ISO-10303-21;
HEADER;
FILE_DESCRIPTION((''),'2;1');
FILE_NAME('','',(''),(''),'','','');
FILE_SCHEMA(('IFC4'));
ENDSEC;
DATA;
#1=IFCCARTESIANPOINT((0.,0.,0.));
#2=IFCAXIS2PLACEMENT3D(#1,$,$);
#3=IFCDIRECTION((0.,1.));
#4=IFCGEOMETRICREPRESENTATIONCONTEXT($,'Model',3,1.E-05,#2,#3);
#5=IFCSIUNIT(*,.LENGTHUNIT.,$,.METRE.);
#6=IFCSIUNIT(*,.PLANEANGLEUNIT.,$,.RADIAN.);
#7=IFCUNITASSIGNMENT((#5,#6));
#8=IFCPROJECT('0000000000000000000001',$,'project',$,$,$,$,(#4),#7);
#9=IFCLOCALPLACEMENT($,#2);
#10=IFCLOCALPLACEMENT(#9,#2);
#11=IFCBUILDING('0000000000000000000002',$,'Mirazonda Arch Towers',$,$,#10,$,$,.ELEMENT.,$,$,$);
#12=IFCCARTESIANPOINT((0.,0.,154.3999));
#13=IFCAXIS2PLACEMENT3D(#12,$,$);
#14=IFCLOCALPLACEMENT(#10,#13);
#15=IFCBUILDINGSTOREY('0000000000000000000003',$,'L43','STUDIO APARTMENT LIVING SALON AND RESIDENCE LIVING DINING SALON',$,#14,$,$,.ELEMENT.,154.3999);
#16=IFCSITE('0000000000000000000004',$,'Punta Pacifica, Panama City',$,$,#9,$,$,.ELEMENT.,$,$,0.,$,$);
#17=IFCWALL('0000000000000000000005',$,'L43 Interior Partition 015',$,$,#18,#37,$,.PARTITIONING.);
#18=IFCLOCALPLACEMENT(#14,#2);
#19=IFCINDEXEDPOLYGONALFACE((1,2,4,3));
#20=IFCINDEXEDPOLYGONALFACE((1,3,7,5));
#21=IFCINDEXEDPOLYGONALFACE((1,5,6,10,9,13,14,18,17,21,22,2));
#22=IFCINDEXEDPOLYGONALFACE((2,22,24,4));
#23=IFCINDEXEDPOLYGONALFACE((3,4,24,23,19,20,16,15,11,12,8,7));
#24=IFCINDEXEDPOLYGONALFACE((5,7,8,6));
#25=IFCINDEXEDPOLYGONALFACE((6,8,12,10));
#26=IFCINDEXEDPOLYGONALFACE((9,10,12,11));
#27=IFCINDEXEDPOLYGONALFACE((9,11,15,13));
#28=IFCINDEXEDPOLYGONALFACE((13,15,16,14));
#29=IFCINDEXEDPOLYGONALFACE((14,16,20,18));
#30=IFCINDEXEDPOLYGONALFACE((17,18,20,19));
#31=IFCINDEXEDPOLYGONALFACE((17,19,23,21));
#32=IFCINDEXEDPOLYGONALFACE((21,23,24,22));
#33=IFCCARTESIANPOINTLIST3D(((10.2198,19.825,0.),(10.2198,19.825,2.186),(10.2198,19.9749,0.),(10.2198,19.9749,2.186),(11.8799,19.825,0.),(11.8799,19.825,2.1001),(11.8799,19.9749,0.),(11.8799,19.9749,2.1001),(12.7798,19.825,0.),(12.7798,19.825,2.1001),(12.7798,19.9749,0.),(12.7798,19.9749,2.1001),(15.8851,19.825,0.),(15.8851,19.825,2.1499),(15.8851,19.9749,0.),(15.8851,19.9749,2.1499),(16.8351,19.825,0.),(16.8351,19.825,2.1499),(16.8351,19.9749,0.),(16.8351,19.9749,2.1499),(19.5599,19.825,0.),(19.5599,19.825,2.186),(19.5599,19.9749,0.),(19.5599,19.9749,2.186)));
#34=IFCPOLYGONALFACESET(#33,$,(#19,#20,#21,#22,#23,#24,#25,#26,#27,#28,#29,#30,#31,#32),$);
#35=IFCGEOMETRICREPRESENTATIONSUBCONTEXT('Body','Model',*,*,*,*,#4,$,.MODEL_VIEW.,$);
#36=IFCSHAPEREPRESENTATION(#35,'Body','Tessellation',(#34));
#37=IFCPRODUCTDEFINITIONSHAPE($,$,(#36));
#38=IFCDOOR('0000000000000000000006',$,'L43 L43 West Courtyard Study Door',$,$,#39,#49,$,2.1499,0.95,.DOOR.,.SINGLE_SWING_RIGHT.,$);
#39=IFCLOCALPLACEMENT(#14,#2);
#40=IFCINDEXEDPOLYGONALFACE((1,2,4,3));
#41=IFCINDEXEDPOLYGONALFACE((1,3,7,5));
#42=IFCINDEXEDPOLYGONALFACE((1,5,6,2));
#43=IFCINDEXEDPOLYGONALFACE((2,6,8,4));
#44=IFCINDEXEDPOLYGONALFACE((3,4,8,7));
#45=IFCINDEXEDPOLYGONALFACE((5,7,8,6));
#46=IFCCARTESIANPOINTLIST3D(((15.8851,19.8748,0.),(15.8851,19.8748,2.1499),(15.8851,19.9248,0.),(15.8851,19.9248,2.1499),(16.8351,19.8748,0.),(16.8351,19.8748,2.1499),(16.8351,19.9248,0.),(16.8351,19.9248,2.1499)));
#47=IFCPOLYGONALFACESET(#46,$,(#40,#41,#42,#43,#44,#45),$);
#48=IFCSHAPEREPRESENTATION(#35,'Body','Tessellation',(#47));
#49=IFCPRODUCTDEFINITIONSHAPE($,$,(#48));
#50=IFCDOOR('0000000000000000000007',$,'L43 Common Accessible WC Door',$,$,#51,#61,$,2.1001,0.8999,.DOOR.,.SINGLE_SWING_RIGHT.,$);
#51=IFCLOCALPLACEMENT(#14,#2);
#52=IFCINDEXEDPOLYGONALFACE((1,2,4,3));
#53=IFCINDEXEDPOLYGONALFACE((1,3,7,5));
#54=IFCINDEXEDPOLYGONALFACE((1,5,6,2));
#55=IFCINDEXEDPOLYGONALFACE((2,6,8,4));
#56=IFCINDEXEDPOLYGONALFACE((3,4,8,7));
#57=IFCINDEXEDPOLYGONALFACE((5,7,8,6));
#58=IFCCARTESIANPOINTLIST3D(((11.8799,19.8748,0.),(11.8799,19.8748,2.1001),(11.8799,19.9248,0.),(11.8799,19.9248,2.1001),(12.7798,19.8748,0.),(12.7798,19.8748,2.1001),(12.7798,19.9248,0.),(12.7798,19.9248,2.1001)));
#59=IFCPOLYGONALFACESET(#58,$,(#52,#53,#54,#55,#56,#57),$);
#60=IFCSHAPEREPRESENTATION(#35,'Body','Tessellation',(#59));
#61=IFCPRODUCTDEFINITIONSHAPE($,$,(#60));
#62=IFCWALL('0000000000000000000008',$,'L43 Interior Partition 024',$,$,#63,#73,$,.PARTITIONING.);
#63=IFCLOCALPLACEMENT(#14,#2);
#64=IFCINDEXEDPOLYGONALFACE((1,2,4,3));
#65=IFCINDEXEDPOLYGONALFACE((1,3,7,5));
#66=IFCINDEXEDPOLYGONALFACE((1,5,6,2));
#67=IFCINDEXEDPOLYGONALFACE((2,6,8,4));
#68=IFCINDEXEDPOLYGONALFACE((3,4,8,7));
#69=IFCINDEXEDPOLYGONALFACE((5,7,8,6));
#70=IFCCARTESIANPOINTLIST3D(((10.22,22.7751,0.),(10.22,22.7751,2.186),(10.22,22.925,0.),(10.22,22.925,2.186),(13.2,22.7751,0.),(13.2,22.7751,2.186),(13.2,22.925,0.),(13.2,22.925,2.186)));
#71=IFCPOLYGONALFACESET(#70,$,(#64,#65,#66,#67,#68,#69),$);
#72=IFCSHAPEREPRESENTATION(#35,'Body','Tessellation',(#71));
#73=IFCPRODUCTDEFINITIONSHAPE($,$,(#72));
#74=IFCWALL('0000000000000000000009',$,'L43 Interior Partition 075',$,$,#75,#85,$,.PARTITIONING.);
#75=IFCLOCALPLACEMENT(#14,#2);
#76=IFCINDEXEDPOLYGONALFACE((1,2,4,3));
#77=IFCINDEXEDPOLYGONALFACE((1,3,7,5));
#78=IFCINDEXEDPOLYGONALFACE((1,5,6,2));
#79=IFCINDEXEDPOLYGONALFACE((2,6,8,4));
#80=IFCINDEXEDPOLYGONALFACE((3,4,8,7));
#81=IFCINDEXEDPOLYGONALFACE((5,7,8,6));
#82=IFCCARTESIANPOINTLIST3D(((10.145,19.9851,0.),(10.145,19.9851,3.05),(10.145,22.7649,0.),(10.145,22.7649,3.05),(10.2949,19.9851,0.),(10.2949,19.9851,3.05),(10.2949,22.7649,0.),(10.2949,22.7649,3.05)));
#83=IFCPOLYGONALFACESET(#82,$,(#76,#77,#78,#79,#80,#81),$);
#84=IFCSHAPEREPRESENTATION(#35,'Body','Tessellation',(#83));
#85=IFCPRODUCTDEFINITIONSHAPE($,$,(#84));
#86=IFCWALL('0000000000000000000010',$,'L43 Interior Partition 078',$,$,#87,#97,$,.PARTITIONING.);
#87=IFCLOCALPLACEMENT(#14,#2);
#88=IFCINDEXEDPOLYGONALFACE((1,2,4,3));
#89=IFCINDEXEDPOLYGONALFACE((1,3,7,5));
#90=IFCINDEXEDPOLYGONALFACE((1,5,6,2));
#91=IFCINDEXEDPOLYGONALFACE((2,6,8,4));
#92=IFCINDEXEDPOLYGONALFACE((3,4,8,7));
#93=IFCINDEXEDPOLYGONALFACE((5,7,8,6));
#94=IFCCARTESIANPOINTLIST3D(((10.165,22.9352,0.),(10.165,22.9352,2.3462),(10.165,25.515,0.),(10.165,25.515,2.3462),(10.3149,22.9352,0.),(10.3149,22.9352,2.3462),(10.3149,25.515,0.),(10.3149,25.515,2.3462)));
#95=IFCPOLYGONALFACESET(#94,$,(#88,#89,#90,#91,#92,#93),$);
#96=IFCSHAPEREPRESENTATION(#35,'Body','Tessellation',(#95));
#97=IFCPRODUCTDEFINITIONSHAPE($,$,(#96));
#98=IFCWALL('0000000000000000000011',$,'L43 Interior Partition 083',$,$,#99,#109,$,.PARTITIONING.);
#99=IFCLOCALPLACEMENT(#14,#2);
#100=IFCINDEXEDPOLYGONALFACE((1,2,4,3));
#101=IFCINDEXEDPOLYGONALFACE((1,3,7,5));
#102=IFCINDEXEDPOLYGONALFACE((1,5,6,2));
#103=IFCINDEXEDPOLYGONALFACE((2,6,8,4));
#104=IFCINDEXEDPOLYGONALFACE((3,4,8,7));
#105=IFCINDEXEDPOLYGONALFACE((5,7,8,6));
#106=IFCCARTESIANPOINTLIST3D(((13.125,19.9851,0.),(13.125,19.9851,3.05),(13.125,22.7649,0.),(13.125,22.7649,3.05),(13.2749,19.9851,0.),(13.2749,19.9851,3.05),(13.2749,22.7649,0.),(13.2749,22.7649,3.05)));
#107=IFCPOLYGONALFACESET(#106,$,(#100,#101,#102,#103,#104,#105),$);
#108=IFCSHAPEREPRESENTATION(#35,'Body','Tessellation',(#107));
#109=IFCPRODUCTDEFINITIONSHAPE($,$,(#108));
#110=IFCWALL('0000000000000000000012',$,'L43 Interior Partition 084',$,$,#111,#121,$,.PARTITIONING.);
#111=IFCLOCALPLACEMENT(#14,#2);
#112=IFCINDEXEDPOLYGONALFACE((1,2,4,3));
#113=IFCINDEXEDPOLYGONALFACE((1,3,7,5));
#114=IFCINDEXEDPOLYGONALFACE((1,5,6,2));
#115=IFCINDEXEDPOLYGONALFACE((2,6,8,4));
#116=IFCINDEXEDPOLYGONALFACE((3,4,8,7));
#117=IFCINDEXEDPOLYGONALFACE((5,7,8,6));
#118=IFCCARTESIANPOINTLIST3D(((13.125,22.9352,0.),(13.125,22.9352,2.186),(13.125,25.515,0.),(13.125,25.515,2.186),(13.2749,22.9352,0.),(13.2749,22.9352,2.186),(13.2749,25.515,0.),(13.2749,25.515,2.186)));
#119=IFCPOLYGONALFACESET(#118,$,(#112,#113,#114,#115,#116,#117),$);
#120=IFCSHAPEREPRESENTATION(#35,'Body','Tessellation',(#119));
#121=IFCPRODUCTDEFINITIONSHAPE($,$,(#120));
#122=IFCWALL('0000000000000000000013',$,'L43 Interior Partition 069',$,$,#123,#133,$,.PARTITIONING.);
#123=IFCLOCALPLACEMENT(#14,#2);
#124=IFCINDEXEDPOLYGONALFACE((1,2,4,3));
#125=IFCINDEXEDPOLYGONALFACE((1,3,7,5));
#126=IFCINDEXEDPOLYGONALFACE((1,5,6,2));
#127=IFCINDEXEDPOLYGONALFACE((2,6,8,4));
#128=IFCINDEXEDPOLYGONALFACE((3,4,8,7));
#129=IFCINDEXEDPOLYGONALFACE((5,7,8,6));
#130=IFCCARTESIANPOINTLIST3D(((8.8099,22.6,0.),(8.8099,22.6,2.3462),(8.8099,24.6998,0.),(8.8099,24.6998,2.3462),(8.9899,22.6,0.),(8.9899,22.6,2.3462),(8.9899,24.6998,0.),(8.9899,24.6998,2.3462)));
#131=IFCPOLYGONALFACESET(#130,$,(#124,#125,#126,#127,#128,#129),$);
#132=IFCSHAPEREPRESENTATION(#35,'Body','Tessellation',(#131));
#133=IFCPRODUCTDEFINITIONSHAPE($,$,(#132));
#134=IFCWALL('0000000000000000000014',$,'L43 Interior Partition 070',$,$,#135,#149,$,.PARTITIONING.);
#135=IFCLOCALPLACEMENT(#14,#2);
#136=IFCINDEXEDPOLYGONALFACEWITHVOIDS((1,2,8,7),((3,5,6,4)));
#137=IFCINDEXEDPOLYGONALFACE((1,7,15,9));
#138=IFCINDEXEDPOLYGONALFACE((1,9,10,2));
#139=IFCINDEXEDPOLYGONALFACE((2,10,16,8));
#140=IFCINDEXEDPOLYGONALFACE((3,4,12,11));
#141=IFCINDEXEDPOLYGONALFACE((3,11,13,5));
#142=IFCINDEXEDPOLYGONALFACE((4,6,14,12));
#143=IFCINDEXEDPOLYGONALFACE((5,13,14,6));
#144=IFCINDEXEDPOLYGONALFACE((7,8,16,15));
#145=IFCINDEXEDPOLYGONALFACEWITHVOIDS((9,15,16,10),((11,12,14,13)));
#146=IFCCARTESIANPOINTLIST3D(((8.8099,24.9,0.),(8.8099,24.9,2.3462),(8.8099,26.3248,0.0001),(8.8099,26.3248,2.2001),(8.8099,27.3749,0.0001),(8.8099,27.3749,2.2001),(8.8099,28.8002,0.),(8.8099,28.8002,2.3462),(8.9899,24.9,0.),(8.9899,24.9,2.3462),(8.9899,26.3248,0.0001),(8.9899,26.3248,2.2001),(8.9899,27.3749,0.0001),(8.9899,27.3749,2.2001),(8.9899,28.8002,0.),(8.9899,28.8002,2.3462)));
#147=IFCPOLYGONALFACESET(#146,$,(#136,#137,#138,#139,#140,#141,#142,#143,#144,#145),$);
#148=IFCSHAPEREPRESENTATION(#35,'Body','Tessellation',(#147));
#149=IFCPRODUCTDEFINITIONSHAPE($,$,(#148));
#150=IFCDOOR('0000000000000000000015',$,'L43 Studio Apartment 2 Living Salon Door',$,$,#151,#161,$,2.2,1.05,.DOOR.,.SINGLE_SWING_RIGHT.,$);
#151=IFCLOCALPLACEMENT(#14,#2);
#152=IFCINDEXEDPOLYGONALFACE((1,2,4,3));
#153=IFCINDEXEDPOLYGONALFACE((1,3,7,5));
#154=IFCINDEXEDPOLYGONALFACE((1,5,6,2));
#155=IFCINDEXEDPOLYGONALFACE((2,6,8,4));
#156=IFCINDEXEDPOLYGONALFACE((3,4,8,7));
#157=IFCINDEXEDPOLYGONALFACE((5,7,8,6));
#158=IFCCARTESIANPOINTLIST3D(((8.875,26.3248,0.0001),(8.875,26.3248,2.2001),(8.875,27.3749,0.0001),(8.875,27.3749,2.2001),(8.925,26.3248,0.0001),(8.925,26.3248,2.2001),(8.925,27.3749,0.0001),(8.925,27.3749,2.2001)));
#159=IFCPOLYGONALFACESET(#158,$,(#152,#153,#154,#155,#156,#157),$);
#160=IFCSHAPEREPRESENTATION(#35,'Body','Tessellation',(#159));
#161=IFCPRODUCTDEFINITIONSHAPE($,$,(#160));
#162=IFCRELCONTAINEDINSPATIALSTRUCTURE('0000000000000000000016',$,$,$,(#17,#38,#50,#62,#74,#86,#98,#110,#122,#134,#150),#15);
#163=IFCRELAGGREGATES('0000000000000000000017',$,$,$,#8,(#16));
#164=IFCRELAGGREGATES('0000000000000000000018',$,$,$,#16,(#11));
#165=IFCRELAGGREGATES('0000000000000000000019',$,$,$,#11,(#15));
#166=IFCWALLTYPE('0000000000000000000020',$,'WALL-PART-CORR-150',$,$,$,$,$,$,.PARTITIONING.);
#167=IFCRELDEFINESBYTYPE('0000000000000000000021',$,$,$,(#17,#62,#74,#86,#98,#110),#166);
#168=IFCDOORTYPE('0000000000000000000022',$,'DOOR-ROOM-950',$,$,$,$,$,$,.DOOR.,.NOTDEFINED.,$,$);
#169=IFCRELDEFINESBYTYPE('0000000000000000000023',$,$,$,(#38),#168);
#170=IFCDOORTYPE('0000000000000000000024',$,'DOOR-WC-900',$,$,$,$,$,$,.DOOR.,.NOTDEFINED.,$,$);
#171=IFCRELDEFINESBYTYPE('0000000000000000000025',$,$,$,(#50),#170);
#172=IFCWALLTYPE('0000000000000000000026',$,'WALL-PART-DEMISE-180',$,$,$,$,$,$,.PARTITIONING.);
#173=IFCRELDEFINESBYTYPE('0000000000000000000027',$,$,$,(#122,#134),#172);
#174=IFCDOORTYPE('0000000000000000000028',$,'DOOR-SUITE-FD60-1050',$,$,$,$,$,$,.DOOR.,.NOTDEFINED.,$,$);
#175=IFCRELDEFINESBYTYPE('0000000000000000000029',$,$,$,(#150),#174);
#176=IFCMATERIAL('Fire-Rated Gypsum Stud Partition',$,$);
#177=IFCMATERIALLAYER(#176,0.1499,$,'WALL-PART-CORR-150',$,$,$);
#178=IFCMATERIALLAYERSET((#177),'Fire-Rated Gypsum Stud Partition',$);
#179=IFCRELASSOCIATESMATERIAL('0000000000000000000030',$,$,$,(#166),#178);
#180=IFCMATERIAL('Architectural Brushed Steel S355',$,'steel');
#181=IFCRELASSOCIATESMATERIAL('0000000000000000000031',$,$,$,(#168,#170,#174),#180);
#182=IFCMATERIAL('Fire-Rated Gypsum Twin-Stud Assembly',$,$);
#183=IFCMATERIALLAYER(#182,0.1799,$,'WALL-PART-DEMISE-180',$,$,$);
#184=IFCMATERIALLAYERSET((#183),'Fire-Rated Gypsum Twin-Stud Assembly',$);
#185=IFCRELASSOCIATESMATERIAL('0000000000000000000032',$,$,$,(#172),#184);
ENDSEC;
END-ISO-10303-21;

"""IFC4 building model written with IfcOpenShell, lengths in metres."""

from ifc_helpers import new_model, si_unit, direction, frame, frame_2d, origin, place, context, subcontext, project, spatial, rectangle, extrude, material, layer, layer_set, type_object, element, fill, save


model = new_model("IFC4")

# Units and contexts
model_context = context("Model", 3, precision=1e-05, world=origin(), true_north=direction((0.0, 1.0)))
body_context = subcontext(model_context, "Body", "Model", "MODEL_VIEW")
ifc_project = project(units=[si_unit("LENGTHUNIT", "METRE"), si_unit("PLANEANGLEUNIT", "RADIAN")], contexts=[model_context])

# Site, building, storey
site_placement = place(None, origin())
site = spatial("IfcSite", under=ifc_project, at=site_placement, Name="Punta Pacifica, Panama City", CompositionType="ELEMENT", RefElevation=0.0)
building_placement = place(site_placement, origin())
building = spatial("IfcBuilding", under=site, at=building_placement, Name="Mirazonda Arch Towers", CompositionType="ELEMENT")
storey_placement = place(building_placement, frame((0.0, 0.0, 154.3999)))
storey = spatial("IfcBuildingStorey", under=building, at=storey_placement, Name="L43", Description="STUDIO APARTMENT LIVING SALON AND RESIDENCE LIVING DINING SALON", CompositionType="ELEMENT", Elevation=154.3999)

# Shared definitions
ifc_material_1 = material(Name="Architectural Brushed Steel S355", Category="steel")

# Shared definitions
ifc_material_2 = material(Name="Fire-Rated Gypsum Stud Partition")
ifc_layer_1 = layer(ifc_material_2, 0.1499, Name="WALL-PART-CORR-150")
ifc_layer_set_1 = layer_set([ifc_layer_1], Name="Fire-Rated Gypsum Stud Partition")
wall_type_1 = type_object("IfcWallType", Name="WALL-PART-CORR-150", PredefinedType="PARTITIONING", material=ifc_layer_set_1)

# Wall, openings, doors
wall_1_placement = place(storey_placement, frame((10.22, 19.8999, 0.0), z_axis=(0.0, 0.0, 1.0), x_axis=(1.0, 0.0, 0.0)))
wall_1 = element("IfcWall", 1, at=wall_1_placement, inside=storey, type_object=wall_type_1, Name="L43 Interior Partition 015", PredefinedType="PARTITIONING", context=body_context, shape_type="SweptSolid", body=[
    extrude(rectangle(XDim=9.3401, YDim=0.1499, at=frame_2d((4.6699, 0.0))), origin(), (0.0, 0.0, 1.0), 2.186),
])
opening_1_placement = place(wall_1_placement, frame((1.6599, 0.0, 0.0)))
opening_1 = element("IfcOpeningElement", 2, at=opening_1_placement, cuts=wall_1, PredefinedType="OPENING", context=body_context, shape_type="SweptSolid", body=[
    extrude(rectangle(XDim=0.8999, YDim=2.1001, at=frame_2d((0.45, 1.05))), frame((0.0, 0.085, 0.0), z_axis=(0.0, -1.0, 0.0), x_axis=(1.0, 0.0, 0.0)), (0.0, 0.0, 1.0), 0.1699),
])
opening_2_placement = place(wall_1_placement, frame((5.665, 0.0, 0.0)))
opening_2 = element("IfcOpeningElement", 3, at=opening_2_placement, cuts=wall_1, PredefinedType="OPENING", context=body_context, shape_type="SweptSolid", body=[
    extrude(rectangle(XDim=0.95, YDim=2.1499, at=frame_2d((0.4751, 1.075))), frame((0.0, 0.085, 0.0), z_axis=(0.0, -1.0, 0.0), x_axis=(1.0, 0.0, 0.0)), (0.0, 0.0, 1.0), 0.1699),
])
door_type_1 = type_object("IfcDoorType", Name="DOOR-ROOM-950", OperationType="NOTDEFINED", PredefinedType="DOOR", material=ifc_material_1)
door_1_placement = place(opening_2_placement, origin())
door_1 = element("IfcDoor", 4, at=door_1_placement, inside=storey, type_object=door_type_1, Name="L43 L43 West Courtyard Study Door", OperationType="SINGLE_SWING_RIGHT", OverallHeight=2.1499, OverallWidth=0.95, PredefinedType="DOOR", context=body_context, shape_type="SweptSolid", body=[
    extrude(rectangle(XDim=0.95, YDim=2.1499, at=frame_2d((0.4751, 1.075))), frame((0.0, 0.0249, 0.0), z_axis=(0.0, -1.0, 0.0), x_axis=(1.0, 0.0, 0.0)), (0.0, 0.0, 1.0), 0.05),
])
fill(opening_2, door_1)
door_type_2 = type_object("IfcDoorType", Name="DOOR-WC-900", OperationType="NOTDEFINED", PredefinedType="DOOR", material=ifc_material_1)
door_2_placement = place(opening_1_placement, origin())
door_2 = element("IfcDoor", 5, at=door_2_placement, inside=storey, type_object=door_type_2, Name="L43 Common Accessible WC Door", OperationType="SINGLE_SWING_RIGHT", OverallHeight=2.1001, OverallWidth=0.8999, PredefinedType="DOOR", context=body_context, shape_type="SweptSolid", body=[
    extrude(rectangle(XDim=0.8999, YDim=2.1001, at=frame_2d((0.45, 1.05))), frame((0.0, 0.0249, 0.0), z_axis=(0.0, -1.0, 0.0), x_axis=(1.0, 0.0, 0.0)), (0.0, 0.0, 1.0), 0.05),
])
fill(opening_1, door_2)

# Walls
wall_2_placement = place(storey_placement, frame((10.22, 22.8501, 0.0), z_axis=(0.0, 0.0, 1.0), x_axis=(1.0, 0.0, 0.0)))
element("IfcWall", 6, at=wall_2_placement, inside=storey, type_object=wall_type_1, Name="L43 Interior Partition 024", PredefinedType="PARTITIONING", context=body_context, shape_type="SweptSolid", body=[
    extrude(rectangle(XDim=2.98, YDim=0.1499, at=frame_2d((1.49, 0.0))), origin(), (0.0, 0.0, 1.0), 2.186),
])
wall_3_placement = place(storey_placement, frame((10.22, 19.9851, 0.0), z_axis=(0.0, 0.0, 1.0), x_axis=(0.0, 1.0, 0.0)))
element("IfcWall", 7, at=wall_3_placement, inside=storey, type_object=wall_type_1, Name="L43 Interior Partition 075", PredefinedType="PARTITIONING", context=body_context, shape_type="SweptSolid", body=[
    extrude(rectangle(XDim=2.7798, YDim=0.1499, at=frame_2d((1.3899, 0.0))), origin(), (0.0, 0.0, 1.0), 3.05),
])
wall_4_placement = place(storey_placement, frame((10.24, 22.9351, 0.0), z_axis=(0.0, 0.0, 1.0), x_axis=(0.0, 1.0, 0.0)))
element("IfcWall", 8, at=wall_4_placement, inside=storey, type_object=wall_type_1, Name="L43 Interior Partition 078", PredefinedType="PARTITIONING", context=body_context, shape_type="SweptSolid", body=[
    extrude(rectangle(XDim=2.5798, YDim=0.1499, at=frame_2d((1.29, 0.0))), origin(), (0.0, 0.0, 1.0), 2.3462),
])
wall_5_placement = place(storey_placement, frame((13.2, 19.9851, 0.0), z_axis=(0.0, 0.0, 1.0), x_axis=(0.0, 1.0, 0.0)))
element("IfcWall", 9, at=wall_5_placement, inside=storey, type_object=wall_type_1, Name="L43 Interior Partition 083", PredefinedType="PARTITIONING", context=body_context, shape_type="SweptSolid", body=[
    extrude(rectangle(XDim=2.7798, YDim=0.1499, at=frame_2d((1.3899, 0.0))), origin(), (0.0, 0.0, 1.0), 3.05),
])
wall_6_placement = place(storey_placement, frame((13.2, 22.9351, 0.0), z_axis=(0.0, 0.0, 1.0), x_axis=(0.0, 1.0, 0.0)))
element("IfcWall", 10, at=wall_6_placement, inside=storey, type_object=wall_type_1, Name="L43 Interior Partition 084", PredefinedType="PARTITIONING", context=body_context, shape_type="SweptSolid", body=[
    extrude(rectangle(XDim=2.5798, YDim=0.1499, at=frame_2d((1.29, 0.0))), origin(), (0.0, 0.0, 1.0), 2.186),
])
ifc_material_3 = material(Name="Fire-Rated Gypsum Twin-Stud Assembly")
ifc_layer_2 = layer(ifc_material_3, 0.1799, Name="WALL-PART-DEMISE-180")
ifc_layer_set_2 = layer_set([ifc_layer_2], Name="Fire-Rated Gypsum Twin-Stud Assembly")
wall_type_2 = type_object("IfcWallType", Name="WALL-PART-DEMISE-180", PredefinedType="PARTITIONING", material=ifc_layer_set_2)
wall_7_placement = place(storey_placement, frame((8.8999, 22.6001, 0.0), z_axis=(0.0, 0.0, 1.0), x_axis=(0.0, 1.0, 0.0)))
element("IfcWall", 11, at=wall_7_placement, inside=storey, type_object=wall_type_2, Name="L43 Interior Partition 069", PredefinedType="PARTITIONING", context=body_context, shape_type="SweptSolid", body=[
    extrude(rectangle(XDim=2.0999, YDim=0.1799, at=frame_2d((1.0498, 0.0))), origin(), (0.0, 0.0, 1.0), 2.3462),
])

# Wall, opening, door
wall_8_placement = place(storey_placement, frame((8.8999, 24.8999, 0.0), z_axis=(0.0, 0.0, 1.0), x_axis=(0.0, 1.0, 0.0)))
wall_8 = element("IfcWall", 12, at=wall_8_placement, inside=storey, type_object=wall_type_2, Name="L43 Interior Partition 070", PredefinedType="PARTITIONING", context=body_context, shape_type="SweptSolid", body=[
    extrude(rectangle(XDim=3.9001, YDim=0.1799, at=frame_2d((1.9502, 0.0))), origin(), (0.0, 0.0, 1.0), 2.3462),
])
opening_3_placement = place(wall_8_placement, frame((1.425, 0.0, 0.0)))
opening_3 = element("IfcOpeningElement", 13, at=opening_3_placement, cuts=wall_8, PredefinedType="OPENING", context=body_context, shape_type="SweptSolid", body=[
    extrude(rectangle(XDim=1.05, YDim=2.2, at=frame_2d((0.5249, 1.1001))), frame((0.0, 0.0999, 0.0), z_axis=(0.0, -1.0, 0.0), x_axis=(1.0, 0.0, 0.0)), (0.0, 0.0, 1.0), 0.2),
])
door_type_3 = type_object("IfcDoorType", Name="DOOR-SUITE-FD60-1050", OperationType="NOTDEFINED", PredefinedType="DOOR", material=ifc_material_1)
door_3_placement = place(opening_3_placement, origin())
door_3 = element("IfcDoor", 14, at=door_3_placement, inside=storey, type_object=door_type_3, Name="L43 Studio Apartment 2 Living Salon Door", OperationType="SINGLE_SWING_RIGHT", OverallHeight=2.2, OverallWidth=1.05, PredefinedType="DOOR", context=body_context, shape_type="SweptSolid", body=[
    extrude(rectangle(XDim=1.05, YDim=2.2, at=frame_2d((0.5249, 1.1001))), frame((0.0, 0.0249, 0.0), z_axis=(0.0, -1.0, 0.0), x_axis=(1.0, 0.0, 0.0)), (0.0, 0.0, 1.0), 0.05),
])
fill(opening_3, door_3)

save(model, "model.ifc")
